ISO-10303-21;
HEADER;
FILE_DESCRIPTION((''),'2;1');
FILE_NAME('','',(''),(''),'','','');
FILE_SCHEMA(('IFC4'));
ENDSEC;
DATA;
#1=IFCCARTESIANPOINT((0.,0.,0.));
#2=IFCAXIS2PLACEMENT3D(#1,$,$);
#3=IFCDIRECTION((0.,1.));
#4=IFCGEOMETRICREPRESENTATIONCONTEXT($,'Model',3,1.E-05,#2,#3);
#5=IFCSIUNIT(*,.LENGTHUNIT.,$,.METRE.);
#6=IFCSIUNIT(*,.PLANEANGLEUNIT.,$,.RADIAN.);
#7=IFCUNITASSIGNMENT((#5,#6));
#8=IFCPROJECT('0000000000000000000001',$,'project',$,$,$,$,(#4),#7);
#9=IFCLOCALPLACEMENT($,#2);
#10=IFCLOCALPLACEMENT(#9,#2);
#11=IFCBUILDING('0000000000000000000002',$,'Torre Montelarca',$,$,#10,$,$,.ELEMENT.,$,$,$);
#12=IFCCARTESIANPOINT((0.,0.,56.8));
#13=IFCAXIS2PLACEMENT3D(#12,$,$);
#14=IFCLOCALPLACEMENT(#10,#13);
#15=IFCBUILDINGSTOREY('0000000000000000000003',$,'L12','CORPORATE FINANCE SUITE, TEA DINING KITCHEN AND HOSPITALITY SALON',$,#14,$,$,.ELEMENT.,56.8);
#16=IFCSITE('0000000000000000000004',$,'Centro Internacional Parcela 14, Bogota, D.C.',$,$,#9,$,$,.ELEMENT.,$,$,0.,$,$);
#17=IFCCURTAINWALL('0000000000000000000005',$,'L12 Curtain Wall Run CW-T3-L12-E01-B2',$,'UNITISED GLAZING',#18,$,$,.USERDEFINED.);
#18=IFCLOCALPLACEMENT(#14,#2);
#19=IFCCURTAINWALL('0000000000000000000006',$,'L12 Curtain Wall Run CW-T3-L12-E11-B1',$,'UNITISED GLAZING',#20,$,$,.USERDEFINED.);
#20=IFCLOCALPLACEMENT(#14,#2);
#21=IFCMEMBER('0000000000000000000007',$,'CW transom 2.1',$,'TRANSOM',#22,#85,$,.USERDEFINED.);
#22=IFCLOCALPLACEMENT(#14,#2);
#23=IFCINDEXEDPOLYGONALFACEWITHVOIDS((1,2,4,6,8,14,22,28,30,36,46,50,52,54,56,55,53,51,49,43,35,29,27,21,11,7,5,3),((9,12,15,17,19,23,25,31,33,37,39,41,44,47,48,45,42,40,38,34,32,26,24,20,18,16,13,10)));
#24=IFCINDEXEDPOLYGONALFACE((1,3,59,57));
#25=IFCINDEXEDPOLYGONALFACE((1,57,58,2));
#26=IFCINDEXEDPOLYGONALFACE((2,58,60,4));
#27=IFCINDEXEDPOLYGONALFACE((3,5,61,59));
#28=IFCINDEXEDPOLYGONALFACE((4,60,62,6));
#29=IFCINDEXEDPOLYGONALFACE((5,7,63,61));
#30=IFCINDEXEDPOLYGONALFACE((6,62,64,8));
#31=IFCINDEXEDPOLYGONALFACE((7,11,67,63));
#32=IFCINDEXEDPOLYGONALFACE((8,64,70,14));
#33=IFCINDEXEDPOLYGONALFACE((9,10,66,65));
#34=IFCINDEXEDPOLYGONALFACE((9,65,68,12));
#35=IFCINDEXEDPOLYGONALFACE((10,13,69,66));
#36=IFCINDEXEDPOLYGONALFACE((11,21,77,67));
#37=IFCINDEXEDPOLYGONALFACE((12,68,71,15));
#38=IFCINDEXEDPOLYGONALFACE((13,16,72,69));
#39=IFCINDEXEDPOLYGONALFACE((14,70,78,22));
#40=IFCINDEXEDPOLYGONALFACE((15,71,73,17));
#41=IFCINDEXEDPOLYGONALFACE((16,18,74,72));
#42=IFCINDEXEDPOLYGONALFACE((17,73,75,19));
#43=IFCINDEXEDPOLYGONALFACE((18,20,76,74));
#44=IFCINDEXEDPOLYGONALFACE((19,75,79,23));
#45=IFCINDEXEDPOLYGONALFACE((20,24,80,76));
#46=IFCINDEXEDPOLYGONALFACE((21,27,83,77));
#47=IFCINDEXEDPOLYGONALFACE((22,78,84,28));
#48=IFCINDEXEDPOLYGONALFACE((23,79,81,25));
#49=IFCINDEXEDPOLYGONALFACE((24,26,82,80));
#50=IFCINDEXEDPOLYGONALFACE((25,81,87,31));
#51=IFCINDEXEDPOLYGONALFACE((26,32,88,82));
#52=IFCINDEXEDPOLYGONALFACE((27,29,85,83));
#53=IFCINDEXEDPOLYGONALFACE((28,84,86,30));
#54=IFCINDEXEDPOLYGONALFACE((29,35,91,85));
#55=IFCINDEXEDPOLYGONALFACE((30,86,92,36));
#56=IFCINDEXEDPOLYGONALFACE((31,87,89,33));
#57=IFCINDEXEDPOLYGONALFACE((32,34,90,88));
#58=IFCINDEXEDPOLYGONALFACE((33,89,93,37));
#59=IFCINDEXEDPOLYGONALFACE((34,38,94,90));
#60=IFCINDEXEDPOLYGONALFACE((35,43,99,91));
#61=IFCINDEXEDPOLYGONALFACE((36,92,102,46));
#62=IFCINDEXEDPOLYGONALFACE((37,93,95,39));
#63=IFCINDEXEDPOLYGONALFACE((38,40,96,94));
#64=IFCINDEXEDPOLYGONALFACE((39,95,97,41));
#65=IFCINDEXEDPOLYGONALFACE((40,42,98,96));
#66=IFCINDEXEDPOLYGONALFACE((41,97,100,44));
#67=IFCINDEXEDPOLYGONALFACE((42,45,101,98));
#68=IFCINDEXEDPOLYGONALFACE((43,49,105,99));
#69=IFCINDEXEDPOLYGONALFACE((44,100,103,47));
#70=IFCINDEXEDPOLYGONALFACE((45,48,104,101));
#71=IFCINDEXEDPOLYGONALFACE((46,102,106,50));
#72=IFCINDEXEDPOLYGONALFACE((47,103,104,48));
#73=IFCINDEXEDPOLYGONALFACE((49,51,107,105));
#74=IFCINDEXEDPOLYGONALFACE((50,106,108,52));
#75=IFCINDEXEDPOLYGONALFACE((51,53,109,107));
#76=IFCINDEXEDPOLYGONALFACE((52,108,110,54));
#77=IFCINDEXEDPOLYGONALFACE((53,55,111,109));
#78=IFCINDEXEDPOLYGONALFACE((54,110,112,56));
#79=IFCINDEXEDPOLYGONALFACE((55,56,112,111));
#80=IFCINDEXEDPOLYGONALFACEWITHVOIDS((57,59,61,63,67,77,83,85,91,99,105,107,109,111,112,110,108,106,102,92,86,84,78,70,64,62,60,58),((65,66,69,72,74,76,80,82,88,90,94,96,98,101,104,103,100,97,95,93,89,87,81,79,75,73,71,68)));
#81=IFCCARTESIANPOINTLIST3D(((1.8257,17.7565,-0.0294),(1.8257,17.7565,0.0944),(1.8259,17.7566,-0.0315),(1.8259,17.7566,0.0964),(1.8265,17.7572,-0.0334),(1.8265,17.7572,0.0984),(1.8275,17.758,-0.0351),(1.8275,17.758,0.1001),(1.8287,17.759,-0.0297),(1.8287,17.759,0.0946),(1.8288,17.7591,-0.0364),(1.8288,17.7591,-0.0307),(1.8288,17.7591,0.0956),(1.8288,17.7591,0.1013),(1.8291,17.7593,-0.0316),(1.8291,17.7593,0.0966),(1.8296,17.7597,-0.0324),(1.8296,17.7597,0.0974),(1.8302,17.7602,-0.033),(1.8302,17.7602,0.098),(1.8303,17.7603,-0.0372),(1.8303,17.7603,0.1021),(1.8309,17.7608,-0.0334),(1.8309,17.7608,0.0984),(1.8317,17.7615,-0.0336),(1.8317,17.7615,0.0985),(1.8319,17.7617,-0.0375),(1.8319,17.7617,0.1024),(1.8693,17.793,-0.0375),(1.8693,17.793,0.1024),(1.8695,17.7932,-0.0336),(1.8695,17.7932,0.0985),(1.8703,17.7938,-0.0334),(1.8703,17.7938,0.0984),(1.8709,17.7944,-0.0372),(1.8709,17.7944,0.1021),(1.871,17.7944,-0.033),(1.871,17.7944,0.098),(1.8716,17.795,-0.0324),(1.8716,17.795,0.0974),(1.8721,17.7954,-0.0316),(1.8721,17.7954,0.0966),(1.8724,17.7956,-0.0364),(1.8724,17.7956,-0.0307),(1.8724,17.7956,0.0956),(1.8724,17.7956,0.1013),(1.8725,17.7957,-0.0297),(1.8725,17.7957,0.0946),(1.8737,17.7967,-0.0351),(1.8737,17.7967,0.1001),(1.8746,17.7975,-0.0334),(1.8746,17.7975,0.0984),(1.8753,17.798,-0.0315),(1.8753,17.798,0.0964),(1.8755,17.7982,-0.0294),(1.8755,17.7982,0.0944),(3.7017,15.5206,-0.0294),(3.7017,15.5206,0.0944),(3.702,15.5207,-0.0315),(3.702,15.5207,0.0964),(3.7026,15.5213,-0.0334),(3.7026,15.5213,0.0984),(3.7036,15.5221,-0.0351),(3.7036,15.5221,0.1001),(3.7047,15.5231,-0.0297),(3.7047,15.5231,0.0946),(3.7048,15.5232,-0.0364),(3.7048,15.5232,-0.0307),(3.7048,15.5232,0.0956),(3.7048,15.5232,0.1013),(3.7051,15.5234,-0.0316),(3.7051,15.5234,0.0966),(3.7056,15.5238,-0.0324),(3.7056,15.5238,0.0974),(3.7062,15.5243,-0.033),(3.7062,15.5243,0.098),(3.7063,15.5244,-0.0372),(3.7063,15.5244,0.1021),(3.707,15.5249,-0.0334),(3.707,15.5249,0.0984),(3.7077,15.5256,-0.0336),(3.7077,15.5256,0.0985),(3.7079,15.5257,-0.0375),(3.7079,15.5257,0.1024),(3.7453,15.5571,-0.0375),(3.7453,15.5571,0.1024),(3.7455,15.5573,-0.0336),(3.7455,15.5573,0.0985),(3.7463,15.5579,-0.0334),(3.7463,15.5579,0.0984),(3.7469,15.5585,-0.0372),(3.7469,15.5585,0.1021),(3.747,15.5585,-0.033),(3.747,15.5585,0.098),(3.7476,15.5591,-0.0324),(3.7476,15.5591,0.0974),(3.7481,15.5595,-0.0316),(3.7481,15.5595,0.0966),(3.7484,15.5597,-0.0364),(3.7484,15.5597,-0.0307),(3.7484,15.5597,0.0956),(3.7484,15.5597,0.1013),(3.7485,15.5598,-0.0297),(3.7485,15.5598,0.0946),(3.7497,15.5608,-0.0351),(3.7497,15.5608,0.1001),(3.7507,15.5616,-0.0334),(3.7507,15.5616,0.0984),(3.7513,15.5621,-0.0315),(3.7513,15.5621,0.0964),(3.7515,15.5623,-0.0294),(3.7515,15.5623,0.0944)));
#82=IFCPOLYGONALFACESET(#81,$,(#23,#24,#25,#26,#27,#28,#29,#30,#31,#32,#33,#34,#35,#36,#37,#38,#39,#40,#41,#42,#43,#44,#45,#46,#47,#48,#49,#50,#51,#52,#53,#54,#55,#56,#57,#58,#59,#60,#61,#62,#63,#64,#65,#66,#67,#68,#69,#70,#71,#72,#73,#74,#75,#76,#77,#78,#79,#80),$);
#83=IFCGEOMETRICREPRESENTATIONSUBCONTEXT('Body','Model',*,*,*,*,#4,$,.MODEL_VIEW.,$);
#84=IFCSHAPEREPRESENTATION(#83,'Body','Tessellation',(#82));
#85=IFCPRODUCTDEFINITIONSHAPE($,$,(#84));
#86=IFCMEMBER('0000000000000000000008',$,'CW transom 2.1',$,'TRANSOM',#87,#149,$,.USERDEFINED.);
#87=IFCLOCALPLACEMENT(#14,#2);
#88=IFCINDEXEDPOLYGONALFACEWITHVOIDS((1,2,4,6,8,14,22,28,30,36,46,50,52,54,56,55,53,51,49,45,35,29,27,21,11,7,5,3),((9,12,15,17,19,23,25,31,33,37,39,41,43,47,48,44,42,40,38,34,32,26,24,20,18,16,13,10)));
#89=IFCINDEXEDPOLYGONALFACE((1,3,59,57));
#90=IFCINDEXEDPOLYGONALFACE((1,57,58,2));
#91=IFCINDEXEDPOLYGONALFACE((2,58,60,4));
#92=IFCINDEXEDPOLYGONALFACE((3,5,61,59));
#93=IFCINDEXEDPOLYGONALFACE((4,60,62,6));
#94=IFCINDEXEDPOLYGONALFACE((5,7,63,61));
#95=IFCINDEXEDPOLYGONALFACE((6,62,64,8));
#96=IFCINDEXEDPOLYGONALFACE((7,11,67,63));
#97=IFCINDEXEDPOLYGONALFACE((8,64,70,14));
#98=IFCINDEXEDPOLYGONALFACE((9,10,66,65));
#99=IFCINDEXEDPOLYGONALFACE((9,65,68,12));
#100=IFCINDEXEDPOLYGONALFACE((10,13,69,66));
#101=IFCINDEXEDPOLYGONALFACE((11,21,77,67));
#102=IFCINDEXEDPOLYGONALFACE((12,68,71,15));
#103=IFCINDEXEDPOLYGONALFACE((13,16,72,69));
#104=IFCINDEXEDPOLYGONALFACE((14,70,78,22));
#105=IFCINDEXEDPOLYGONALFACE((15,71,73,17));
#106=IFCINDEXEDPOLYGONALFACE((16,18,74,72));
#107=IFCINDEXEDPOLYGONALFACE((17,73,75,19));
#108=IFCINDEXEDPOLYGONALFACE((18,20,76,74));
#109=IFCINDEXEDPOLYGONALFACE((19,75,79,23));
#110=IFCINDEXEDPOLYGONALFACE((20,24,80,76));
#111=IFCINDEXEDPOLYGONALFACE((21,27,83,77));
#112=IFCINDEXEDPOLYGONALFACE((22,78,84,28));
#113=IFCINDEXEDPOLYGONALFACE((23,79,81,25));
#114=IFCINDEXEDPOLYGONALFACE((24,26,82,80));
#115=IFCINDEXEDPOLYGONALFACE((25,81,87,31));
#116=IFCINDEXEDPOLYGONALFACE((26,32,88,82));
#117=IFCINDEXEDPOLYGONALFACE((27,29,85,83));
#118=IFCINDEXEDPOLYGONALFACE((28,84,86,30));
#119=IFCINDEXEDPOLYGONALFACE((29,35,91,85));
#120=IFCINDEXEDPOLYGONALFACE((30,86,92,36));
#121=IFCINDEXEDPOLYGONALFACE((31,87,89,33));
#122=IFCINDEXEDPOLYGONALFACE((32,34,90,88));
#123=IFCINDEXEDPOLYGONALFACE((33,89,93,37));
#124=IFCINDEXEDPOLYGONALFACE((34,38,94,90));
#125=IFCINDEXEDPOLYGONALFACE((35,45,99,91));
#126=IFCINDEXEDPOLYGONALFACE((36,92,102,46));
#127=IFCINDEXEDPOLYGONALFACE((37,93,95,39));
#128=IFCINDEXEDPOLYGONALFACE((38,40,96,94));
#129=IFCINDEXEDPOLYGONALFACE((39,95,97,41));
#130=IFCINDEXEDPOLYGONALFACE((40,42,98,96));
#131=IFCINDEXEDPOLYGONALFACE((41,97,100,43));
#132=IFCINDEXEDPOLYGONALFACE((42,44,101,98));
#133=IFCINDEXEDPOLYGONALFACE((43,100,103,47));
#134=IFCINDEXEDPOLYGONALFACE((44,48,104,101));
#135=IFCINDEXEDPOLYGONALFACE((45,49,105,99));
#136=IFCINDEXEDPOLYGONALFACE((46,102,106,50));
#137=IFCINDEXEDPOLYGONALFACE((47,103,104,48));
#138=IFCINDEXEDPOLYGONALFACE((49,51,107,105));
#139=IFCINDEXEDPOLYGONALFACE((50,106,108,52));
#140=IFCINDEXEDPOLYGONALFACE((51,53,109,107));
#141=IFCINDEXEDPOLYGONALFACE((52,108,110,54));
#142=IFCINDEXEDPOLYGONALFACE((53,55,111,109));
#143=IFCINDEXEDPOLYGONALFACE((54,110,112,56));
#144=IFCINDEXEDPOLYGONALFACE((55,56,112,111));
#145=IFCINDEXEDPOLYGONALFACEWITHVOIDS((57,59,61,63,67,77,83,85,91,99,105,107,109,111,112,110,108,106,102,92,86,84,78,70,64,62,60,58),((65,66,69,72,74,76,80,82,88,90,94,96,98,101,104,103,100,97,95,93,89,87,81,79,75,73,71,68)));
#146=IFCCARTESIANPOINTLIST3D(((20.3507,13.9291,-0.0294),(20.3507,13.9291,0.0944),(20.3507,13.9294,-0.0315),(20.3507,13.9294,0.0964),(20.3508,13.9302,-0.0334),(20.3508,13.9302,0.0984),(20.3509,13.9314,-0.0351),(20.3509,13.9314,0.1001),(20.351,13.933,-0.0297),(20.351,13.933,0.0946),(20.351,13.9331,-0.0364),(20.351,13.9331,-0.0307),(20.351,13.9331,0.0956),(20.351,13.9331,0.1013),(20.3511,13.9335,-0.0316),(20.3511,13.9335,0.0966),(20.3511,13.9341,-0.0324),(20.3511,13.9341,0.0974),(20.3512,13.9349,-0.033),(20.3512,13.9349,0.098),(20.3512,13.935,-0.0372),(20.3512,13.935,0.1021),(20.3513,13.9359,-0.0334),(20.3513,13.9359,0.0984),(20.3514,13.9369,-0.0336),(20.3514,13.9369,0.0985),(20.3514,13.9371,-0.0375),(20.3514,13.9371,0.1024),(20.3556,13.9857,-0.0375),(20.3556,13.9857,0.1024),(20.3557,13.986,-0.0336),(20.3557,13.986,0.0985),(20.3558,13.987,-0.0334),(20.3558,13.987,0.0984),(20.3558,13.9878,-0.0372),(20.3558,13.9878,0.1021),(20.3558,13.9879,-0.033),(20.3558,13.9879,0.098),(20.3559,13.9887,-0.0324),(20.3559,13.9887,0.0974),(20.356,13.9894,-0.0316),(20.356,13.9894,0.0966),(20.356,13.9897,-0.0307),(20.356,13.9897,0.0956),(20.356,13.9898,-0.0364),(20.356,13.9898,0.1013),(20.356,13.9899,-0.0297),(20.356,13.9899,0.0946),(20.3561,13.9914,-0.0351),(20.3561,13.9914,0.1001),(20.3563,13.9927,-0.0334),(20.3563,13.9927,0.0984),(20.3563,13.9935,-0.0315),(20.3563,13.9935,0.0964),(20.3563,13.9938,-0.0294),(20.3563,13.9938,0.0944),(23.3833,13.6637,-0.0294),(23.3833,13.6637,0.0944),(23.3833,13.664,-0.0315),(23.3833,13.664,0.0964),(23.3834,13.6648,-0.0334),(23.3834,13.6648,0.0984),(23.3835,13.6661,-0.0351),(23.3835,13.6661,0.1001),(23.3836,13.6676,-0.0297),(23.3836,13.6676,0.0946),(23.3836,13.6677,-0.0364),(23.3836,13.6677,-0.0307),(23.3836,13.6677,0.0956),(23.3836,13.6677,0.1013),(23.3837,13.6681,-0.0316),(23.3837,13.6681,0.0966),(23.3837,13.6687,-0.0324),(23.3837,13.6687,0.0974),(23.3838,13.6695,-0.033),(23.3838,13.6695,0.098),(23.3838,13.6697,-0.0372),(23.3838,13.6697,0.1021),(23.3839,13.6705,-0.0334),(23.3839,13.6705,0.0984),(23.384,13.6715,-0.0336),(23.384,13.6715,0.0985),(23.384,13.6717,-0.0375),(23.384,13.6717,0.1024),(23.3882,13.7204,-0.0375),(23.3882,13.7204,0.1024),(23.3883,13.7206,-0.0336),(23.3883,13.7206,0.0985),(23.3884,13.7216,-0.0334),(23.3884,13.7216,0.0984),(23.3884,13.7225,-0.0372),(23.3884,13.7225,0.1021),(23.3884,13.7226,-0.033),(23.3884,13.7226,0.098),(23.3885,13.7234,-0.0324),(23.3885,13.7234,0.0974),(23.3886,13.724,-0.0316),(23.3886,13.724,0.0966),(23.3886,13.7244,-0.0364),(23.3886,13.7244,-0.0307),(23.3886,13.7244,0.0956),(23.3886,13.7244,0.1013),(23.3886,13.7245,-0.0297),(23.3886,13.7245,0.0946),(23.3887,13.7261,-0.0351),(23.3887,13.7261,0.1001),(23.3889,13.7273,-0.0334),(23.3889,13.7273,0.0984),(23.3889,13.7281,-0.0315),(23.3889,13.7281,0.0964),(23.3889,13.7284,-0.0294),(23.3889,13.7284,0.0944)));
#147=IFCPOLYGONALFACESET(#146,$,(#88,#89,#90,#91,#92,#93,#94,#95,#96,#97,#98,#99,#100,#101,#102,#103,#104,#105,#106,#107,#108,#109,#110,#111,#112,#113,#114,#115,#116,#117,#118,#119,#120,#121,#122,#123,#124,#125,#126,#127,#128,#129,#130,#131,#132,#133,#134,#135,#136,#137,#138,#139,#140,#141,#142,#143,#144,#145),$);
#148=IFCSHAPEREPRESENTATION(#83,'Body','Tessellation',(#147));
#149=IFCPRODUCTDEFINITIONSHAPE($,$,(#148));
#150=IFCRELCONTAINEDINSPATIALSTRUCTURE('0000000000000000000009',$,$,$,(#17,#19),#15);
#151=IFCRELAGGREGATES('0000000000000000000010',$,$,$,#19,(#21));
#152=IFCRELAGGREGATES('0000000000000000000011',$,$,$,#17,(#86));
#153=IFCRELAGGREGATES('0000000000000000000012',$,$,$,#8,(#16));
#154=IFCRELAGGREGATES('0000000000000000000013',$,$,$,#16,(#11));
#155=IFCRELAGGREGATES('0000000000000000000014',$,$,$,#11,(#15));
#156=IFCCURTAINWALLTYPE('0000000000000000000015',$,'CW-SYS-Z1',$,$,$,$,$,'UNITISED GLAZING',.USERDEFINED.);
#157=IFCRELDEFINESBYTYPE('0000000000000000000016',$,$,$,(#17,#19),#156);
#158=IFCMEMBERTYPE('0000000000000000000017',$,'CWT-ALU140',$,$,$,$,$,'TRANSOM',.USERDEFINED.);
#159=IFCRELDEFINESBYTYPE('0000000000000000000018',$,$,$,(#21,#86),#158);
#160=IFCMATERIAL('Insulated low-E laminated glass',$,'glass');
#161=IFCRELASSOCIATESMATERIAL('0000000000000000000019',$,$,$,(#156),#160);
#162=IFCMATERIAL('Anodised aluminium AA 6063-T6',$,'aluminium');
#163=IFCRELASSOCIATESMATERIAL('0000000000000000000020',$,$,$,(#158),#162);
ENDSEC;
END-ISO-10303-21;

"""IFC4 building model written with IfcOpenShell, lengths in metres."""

from ifc_helpers import new_model, si_unit, direction, frame, origin, origin_2d, place, context, subcontext, project, spatial, hollow_rectangle, extrude, source, transform, mapped, material, material_profile, profile_set, type_object, element, aggregate, save


model = new_model("IFC4")

# Units and contexts
model_context = context("Model", 3, precision=1e-05, world=origin(), true_north=direction((0.0, 1.0)))
body_context = subcontext(model_context, "Body", "Model", "MODEL_VIEW")
ifc_project = project(units=[si_unit("LENGTHUNIT", "METRE"), si_unit("PLANEANGLEUNIT", "RADIAN")], contexts=[model_context])

# Site, building, storey
site_placement = place(None, origin())
site = spatial("IfcSite", under=ifc_project, at=site_placement, Name="Centro Internacional Parcela 14, Bogota, D.C.", CompositionType="ELEMENT", RefElevation=0.0)
building_placement = place(site_placement, origin())
building = spatial("IfcBuilding", under=site, at=building_placement, Name="Torre Montelarca", CompositionType="ELEMENT")
storey_placement = place(building_placement, frame((0.0, 0.0, 56.8)))
storey = spatial("IfcBuildingStorey", under=building, at=storey_placement, Name="L12", Description="CORPORATE FINANCE SUITE, TEA DINING KITCHEN AND HOSPITALITY SALON", CompositionType="ELEMENT", Elevation=56.8)

# Curtain walls, member
ifc_material_1 = material(Name="Insulated low-E laminated glass", Category="glass")
curtain_wall_type = type_object("IfcCurtainWallType", Name="CW-SYS-Z1", ElementType="UNITISED GLAZING", PredefinedType="USERDEFINED", material=ifc_material_1)
ifc_material_2 = material(Name="Anodised aluminium AA 6063-T6", Category="aluminium")
curtain_wall_1_placement = place(storey_placement, origin())
curtain_wall_1 = element("IfcCurtainWall", 1, at=curtain_wall_1_placement, inside=storey, type_object=curtain_wall_type, Name="L12 Curtain Wall Run CW-T3-L12-E01-B2", ObjectType="UNITISED GLAZING", PredefinedType="USERDEFINED")
curtain_wall_2_placement = place(storey_placement, origin())
curtain_wall_2 = element("IfcCurtainWall", 2, at=curtain_wall_2_placement, inside=storey, type_object=curtain_wall_type, Name="L12 Curtain Wall Run CW-T3-L12-E11-B1", ObjectType="UNITISED GLAZING", PredefinedType="USERDEFINED")
ifc_material_profile_1 = material_profile(ifc_material_2, hollow_rectangle(XDim=0.0649, YDim=0.1399, WallThickness=0.0039, InnerFilletRadius=0.0039, OuterFilletRadius=0.0081, at=origin_2d()), Name="ALU65X140X4", Category="aluminium")
ifc_profile_set_1 = profile_set([ifc_material_profile_1], Name="Anodised aluminium AA 6063-T6")
member_type_1 = type_object("IfcMemberType", Name="CWT-ALU140", ElementType="TRANSOM", PredefinedType="USERDEFINED", material=ifc_profile_set_1)
shared_shape_1 = source(origin(), body_context, "Body", "SweptSolid", [
    extrude(hollow_rectangle(XDim=0.0649, YDim=0.1399, WallThickness=0.0039, InnerFilletRadius=0.0039, OuterFilletRadius=0.0081, at=origin_2d()), origin(), (0.0, 0.0, 1.0), 2.9187),
])
member_1_placement = place(storey_placement, frame((1.8506, 17.7773, 0.0325), z_axis=(0.642764, -0.766064, 0.0), x_axis=(0.766064, 0.642764, 0.0)))
member_1 = element("IfcMember", 3, at=member_1_placement, type_object=member_type_1, Name="CW transom 2.1", ObjectType="TRANSOM", PredefinedType="USERDEFINED", context=body_context, shape_type="MappedRepresentation", body=[
    mapped(shared_shape_1, transform((0.0, 0.0, 0.0), scale=1.0)),
])

# Member
shared_shape_2 = source(origin(), body_context, "Body", "SweptSolid", [
    extrude(hollow_rectangle(XDim=0.0649, YDim=0.1399, WallThickness=0.0039, InnerFilletRadius=0.0039, OuterFilletRadius=0.0081, at=origin_2d()), origin(), (0.0, 0.0, 1.0), 3.0442),
])
member_2_placement = place(storey_placement, frame((20.3535, 13.9614, 0.0325), z_axis=(0.996193, -0.087173, 0.0), x_axis=(0.087173, 0.996193, 0.0)))
member_2 = element("IfcMember", 4, at=member_2_placement, type_object=member_type_1, Name="CW transom 2.1", ObjectType="TRANSOM", PredefinedType="USERDEFINED", context=body_context, shape_type="MappedRepresentation", body=[
    mapped(shared_shape_2, transform((0.0, 0.0, 0.0), scale=1.0)),
])

aggregate(curtain_wall_2, [member_1])
aggregate(curtain_wall_1, [member_2])

save(model, "model.ifc")
